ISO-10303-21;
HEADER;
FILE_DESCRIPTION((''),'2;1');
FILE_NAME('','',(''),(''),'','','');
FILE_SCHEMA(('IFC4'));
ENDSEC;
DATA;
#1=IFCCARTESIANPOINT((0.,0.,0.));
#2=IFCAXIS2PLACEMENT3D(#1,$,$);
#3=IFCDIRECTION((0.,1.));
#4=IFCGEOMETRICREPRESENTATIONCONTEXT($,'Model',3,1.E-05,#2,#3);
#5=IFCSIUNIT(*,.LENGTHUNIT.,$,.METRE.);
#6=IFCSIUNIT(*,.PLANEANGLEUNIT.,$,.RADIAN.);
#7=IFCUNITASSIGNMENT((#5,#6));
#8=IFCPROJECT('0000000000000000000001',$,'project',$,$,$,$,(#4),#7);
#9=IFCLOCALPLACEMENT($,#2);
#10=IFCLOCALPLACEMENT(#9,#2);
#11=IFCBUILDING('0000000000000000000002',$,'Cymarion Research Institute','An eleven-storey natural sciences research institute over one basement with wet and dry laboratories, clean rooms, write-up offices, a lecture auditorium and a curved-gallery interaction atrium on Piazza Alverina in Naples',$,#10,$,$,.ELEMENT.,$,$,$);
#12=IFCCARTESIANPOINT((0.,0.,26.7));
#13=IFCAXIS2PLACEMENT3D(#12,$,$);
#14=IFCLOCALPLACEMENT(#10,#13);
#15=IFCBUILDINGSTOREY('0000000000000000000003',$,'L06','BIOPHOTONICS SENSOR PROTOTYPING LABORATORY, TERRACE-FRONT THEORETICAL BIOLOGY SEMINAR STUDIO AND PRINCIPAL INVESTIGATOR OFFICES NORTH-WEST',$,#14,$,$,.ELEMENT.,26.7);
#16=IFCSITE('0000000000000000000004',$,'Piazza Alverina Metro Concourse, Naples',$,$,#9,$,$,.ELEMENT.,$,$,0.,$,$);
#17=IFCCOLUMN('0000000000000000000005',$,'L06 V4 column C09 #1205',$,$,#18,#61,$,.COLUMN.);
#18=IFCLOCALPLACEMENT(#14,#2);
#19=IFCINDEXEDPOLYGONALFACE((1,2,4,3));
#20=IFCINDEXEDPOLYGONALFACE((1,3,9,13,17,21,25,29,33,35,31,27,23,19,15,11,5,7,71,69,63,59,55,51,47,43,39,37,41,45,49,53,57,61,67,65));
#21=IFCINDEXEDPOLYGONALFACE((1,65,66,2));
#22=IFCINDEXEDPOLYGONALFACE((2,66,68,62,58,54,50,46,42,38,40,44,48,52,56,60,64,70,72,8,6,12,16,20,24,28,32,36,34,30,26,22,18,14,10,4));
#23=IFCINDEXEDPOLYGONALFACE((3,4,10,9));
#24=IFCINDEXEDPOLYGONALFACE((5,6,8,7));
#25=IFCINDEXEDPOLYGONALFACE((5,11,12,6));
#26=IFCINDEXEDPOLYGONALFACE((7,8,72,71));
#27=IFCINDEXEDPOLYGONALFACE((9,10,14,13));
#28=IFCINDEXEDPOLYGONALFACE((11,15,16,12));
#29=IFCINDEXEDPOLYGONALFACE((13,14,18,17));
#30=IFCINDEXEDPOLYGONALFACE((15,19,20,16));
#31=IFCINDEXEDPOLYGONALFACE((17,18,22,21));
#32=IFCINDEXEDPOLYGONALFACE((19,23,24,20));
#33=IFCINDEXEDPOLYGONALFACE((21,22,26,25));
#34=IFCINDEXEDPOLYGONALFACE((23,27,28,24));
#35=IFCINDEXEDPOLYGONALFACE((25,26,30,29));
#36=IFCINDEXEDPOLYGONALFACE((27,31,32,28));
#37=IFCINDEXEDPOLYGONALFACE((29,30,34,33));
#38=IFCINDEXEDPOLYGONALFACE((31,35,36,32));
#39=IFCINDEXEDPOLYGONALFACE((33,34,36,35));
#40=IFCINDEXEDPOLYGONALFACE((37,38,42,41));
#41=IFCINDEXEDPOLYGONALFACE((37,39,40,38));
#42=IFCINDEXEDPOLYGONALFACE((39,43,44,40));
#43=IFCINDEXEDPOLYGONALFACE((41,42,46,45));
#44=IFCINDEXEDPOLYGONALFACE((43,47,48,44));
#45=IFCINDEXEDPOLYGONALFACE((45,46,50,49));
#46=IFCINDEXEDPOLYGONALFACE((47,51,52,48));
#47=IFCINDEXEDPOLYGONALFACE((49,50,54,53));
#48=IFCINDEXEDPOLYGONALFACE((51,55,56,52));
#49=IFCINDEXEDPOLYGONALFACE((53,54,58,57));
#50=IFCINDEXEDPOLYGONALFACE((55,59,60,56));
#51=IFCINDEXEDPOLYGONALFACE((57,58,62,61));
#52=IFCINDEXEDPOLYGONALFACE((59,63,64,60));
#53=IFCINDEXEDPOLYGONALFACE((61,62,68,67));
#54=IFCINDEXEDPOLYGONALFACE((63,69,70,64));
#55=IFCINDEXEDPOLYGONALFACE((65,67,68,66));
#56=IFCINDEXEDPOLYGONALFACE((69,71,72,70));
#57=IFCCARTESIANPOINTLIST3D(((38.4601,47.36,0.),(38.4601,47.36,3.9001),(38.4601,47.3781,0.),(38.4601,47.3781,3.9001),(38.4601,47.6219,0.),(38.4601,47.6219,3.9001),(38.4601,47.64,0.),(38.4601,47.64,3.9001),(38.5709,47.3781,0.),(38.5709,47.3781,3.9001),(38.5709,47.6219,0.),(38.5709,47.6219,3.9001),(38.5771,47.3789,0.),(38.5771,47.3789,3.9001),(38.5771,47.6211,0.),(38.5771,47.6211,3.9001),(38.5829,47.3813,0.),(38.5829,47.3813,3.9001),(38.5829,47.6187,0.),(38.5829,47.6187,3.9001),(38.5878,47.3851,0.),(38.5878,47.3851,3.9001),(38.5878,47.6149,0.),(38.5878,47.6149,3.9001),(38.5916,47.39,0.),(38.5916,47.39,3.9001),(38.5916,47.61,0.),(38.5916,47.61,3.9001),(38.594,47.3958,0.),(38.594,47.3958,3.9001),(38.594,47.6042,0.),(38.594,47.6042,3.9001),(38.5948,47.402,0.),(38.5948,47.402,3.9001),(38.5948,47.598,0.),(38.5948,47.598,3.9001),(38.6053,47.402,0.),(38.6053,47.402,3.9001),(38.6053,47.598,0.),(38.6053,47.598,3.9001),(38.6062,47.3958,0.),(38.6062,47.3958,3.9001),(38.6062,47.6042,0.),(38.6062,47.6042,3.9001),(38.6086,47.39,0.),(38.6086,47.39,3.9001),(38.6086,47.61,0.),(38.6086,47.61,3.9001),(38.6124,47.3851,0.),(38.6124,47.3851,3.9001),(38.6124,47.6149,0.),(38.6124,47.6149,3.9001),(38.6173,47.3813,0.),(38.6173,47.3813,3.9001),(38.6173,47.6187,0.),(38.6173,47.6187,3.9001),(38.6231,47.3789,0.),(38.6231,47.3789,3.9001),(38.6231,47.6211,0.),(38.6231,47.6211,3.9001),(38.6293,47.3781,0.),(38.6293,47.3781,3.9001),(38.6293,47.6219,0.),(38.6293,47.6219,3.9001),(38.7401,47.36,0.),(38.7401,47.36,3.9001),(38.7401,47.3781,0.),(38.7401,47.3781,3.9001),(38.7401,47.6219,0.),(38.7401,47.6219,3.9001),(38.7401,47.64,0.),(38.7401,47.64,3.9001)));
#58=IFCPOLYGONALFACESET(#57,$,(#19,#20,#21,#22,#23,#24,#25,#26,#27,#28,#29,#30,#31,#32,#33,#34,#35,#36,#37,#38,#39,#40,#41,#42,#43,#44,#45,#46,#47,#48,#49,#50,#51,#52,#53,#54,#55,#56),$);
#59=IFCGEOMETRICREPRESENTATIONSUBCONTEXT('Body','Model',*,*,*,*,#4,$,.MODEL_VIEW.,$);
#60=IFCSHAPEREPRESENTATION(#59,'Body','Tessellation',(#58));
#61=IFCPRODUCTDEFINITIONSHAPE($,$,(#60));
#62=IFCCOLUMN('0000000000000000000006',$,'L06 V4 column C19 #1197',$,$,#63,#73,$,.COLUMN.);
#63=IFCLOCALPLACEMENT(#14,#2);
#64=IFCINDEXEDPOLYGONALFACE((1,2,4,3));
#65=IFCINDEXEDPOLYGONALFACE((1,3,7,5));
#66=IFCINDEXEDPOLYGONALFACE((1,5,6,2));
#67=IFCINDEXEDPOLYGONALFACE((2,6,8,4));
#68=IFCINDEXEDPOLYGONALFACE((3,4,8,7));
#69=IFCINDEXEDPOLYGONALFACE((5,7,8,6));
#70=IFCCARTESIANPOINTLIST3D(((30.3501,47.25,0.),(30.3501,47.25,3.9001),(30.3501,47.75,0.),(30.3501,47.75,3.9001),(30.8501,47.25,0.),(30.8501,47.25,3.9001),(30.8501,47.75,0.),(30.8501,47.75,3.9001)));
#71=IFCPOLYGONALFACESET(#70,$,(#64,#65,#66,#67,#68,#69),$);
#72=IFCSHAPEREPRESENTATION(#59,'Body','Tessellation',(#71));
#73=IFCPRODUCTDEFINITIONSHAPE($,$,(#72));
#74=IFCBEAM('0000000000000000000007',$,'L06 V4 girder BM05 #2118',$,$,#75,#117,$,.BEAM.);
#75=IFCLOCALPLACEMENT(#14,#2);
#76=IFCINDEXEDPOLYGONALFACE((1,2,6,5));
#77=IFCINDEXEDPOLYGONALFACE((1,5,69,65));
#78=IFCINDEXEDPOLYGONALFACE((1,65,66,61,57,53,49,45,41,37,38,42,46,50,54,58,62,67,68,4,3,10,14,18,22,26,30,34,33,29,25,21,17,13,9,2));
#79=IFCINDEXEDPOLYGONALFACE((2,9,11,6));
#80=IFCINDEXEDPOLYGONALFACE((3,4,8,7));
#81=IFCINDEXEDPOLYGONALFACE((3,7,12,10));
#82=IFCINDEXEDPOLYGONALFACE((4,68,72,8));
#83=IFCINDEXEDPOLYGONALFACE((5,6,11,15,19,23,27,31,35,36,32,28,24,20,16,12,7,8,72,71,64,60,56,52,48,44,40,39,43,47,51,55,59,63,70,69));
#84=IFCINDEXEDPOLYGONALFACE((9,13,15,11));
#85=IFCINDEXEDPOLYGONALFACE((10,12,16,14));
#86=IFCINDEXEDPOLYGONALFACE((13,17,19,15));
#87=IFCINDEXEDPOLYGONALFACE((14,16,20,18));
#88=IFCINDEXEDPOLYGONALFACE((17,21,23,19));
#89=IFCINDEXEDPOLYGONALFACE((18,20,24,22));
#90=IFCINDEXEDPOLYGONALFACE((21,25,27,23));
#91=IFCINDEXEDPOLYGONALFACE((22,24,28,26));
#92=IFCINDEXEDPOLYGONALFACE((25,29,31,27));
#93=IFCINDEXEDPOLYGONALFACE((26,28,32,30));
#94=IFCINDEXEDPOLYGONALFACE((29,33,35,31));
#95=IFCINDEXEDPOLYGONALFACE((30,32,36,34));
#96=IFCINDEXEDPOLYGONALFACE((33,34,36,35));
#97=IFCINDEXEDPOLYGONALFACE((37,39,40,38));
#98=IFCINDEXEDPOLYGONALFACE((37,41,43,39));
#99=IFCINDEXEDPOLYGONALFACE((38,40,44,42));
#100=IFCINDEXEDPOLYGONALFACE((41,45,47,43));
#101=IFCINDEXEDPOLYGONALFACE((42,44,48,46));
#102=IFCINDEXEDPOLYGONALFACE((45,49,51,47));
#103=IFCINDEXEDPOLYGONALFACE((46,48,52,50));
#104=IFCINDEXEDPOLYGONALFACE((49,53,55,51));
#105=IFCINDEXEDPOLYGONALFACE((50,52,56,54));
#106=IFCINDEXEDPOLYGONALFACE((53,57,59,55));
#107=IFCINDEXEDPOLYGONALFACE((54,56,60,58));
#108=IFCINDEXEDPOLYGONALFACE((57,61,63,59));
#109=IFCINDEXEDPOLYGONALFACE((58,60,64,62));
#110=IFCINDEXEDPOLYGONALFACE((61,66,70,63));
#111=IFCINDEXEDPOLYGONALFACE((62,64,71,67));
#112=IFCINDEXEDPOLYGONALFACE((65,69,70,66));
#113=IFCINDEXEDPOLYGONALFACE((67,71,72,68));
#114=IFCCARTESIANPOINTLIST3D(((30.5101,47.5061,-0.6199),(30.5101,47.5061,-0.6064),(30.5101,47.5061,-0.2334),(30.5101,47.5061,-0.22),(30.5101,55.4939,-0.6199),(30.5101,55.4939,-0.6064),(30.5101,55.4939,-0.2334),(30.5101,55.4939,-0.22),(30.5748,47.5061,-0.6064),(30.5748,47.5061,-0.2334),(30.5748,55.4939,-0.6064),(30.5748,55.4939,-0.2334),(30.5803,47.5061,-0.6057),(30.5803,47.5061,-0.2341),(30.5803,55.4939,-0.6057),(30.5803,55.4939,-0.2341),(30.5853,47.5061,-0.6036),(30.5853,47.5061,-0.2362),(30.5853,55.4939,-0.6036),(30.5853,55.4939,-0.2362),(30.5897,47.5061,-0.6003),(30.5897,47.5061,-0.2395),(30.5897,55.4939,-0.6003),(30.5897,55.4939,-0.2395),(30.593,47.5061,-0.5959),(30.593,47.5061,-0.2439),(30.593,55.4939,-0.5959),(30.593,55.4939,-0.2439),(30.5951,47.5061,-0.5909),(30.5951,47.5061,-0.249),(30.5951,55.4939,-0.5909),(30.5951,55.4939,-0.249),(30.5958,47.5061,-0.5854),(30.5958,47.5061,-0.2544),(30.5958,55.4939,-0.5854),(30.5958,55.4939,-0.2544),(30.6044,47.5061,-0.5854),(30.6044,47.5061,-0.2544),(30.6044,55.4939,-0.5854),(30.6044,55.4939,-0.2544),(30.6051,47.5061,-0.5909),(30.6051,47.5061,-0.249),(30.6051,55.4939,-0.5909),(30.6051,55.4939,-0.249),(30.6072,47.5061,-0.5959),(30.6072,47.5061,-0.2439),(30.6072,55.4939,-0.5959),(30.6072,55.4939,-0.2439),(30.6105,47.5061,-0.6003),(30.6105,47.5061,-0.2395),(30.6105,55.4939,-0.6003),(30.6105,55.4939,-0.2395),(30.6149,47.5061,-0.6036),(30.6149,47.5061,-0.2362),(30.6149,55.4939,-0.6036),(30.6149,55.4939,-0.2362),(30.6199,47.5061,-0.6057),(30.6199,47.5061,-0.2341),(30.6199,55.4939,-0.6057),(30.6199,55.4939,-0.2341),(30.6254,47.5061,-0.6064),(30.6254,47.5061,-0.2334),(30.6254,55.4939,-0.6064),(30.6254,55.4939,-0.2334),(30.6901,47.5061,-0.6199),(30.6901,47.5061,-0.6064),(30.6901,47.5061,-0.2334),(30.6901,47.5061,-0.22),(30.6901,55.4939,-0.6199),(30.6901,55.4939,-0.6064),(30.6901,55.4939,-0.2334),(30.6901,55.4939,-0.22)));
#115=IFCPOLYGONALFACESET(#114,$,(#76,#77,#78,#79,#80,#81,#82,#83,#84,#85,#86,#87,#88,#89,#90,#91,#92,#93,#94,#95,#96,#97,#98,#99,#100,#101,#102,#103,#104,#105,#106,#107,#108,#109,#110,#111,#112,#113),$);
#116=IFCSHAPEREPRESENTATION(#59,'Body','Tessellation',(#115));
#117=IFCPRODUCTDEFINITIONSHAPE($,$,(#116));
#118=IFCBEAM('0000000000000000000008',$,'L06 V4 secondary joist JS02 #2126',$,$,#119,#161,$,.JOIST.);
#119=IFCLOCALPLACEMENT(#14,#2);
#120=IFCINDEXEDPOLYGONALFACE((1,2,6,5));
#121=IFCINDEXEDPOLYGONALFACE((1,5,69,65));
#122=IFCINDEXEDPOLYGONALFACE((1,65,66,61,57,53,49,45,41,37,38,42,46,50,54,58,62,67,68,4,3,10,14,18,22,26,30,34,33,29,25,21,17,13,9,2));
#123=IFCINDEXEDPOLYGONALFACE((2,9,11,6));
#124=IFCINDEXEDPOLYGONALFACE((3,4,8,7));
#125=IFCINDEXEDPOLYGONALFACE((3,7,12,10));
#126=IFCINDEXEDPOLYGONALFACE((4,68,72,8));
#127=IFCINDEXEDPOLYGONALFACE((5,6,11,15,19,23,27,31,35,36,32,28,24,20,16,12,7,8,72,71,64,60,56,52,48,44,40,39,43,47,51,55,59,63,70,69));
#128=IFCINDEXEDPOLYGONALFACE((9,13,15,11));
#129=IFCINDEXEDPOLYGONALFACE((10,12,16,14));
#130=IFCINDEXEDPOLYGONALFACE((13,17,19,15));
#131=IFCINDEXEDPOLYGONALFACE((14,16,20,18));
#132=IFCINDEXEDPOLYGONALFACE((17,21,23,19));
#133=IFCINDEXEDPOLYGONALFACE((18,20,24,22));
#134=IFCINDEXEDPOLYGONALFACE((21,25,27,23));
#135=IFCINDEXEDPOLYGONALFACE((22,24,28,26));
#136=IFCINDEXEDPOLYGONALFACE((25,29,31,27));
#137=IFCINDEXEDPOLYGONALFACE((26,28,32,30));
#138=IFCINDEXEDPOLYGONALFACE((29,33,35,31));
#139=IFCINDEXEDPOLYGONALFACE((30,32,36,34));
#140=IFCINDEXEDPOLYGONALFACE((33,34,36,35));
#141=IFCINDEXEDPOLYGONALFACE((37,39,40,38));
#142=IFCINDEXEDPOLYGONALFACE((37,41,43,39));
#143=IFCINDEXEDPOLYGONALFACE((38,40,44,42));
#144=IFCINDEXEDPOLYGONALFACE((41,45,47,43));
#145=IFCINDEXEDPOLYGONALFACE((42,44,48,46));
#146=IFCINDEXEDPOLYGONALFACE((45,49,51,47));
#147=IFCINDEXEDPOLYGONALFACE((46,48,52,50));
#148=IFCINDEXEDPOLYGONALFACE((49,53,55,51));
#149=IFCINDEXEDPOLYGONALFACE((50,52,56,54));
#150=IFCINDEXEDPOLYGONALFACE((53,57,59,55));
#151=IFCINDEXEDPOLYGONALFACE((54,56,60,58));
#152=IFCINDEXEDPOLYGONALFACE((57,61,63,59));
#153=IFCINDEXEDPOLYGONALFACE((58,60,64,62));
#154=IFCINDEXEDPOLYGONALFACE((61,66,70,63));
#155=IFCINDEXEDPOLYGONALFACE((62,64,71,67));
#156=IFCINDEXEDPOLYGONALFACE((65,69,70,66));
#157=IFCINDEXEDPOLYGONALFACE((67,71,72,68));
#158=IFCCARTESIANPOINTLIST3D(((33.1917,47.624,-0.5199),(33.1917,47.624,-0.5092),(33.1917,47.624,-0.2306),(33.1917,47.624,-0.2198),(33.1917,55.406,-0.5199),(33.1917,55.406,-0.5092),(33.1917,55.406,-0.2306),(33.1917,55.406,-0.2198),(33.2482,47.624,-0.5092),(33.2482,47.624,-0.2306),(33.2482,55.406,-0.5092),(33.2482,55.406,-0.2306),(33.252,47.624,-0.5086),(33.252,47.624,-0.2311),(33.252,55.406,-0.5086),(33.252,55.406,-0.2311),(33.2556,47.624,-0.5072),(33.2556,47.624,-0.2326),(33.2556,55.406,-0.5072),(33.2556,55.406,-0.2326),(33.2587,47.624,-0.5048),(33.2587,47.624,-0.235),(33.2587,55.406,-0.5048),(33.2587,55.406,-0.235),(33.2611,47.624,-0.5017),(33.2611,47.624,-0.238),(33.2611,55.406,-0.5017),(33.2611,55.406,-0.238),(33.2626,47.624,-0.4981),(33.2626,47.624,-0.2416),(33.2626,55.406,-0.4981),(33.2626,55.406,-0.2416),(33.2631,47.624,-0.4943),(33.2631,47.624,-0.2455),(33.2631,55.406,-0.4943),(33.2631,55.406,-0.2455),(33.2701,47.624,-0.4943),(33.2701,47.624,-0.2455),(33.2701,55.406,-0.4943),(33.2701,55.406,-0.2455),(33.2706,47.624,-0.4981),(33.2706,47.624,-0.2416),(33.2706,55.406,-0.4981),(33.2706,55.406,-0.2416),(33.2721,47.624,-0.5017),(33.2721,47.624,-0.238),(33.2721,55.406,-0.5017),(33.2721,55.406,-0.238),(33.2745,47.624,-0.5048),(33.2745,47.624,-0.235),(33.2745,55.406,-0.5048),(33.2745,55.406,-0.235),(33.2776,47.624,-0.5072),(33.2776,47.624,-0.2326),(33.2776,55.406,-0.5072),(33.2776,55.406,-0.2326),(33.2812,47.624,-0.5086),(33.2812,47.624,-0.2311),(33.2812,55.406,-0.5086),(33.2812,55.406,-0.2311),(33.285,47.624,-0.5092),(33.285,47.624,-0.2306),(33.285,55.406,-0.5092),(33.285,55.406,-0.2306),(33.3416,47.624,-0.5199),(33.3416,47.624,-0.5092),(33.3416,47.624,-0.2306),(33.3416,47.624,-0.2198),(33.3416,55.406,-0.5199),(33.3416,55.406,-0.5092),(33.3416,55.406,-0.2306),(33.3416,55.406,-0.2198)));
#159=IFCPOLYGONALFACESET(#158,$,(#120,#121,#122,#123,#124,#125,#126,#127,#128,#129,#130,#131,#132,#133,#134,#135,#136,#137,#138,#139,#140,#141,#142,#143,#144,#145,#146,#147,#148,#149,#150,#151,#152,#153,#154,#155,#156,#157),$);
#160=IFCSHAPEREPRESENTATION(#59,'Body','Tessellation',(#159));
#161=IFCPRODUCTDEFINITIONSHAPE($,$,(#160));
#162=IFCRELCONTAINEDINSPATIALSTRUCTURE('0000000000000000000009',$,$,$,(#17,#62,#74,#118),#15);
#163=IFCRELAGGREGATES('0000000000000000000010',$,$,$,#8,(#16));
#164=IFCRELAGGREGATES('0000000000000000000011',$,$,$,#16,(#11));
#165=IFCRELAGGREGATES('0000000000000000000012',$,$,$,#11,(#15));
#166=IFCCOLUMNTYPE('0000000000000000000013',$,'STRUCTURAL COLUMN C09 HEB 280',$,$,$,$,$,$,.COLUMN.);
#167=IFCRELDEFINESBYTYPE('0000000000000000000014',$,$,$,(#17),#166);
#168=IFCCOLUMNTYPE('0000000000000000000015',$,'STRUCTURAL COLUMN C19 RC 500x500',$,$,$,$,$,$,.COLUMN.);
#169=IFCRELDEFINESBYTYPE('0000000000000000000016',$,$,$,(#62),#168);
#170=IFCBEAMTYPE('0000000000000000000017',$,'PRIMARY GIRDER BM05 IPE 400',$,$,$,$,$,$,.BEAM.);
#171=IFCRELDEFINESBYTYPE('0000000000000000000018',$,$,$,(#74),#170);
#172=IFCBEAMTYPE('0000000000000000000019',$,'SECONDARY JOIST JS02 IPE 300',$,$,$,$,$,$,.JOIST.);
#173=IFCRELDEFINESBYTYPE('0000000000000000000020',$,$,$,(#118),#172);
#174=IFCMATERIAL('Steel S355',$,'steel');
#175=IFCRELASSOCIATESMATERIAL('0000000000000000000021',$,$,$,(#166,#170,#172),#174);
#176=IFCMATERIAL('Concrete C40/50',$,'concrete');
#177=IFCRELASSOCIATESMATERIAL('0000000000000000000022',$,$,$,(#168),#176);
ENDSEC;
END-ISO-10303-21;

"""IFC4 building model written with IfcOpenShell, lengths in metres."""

from ifc_helpers import new_model, si_unit, direction, frame, origin, origin_2d, place, context, subcontext, project, spatial, rectangle, i_section, extrude, material, material_profile, profile_set, type_object, element, save


model = new_model("IFC4")

# Units and contexts
model_context = context("Model", 3, precision=1e-05, world=origin(), true_north=direction((0.0, 1.0)))
body_context = subcontext(model_context, "Body", "Model", "MODEL_VIEW")
ifc_project = project(units=[si_unit("LENGTHUNIT", "METRE"), si_unit("PLANEANGLEUNIT", "RADIAN")], contexts=[model_context])

# Site, building, storey
site_placement = place(None, origin())
site = spatial("IfcSite", under=ifc_project, at=site_placement, Name="Piazza Alverina Metro Concourse, Naples", CompositionType="ELEMENT", RefElevation=0.0)
building_placement = place(site_placement, origin())
building = spatial("IfcBuilding", under=site, at=building_placement, Name="Cymarion Research Institute", Description="An eleven-storey natural sciences research institute over one basement with wet and dry laboratories, clean rooms, write-up offices, a lecture auditorium and a curved-gallery interaction atrium on Piazza Alverina in Naples", CompositionType="ELEMENT")
storey_placement = place(building_placement, frame((0.0, 0.0, 26.7)))
storey = spatial("IfcBuildingStorey", under=building, at=storey_placement, Name="L06", Description="BIOPHOTONICS SENSOR PROTOTYPING LABORATORY, TERRACE-FRONT THEORETICAL BIOLOGY SEMINAR STUDIO AND PRINCIPAL INVESTIGATOR OFFICES NORTH-WEST", CompositionType="ELEMENT", Elevation=26.7)

# Columns
ifc_material_1 = material(Name="Steel S355", Category="steel")
ifc_material_profile_1 = material_profile(ifc_material_1, i_section(OverallWidth=0.28, OverallDepth=0.28, WebThickness=0.0105, FlangeThickness=0.0181, FilletRadius=0.0239, at=origin_2d()), Name="HEB 280")
ifc_profile_set_1 = profile_set([ifc_material_profile_1], Name="Steel S355")
column_type_1 = type_object("IfcColumnType", Name="STRUCTURAL COLUMN C09 HEB 280", PredefinedType="COLUMN", material=ifc_profile_set_1)
column_1_placement = place(storey_placement, frame((38.6001, 47.5, 0.0), z_axis=(0.0, 0.0, 1.0), x_axis=(1.0, 0.0, 0.0)))
element("IfcColumn", 1, at=column_1_placement, inside=storey, type_object=column_type_1, Name="L06 V4 column C09 #1205", PredefinedType="COLUMN", context=body_context, shape_type="SweptSolid", body=[
    extrude(i_section(OverallWidth=0.28, OverallDepth=0.28, WebThickness=0.0105, FlangeThickness=0.0181, FilletRadius=0.0239, at=origin_2d()), origin(), (0.0, 0.0, 1.0), 3.9001),
])
ifc_material_2 = material(Name="Concrete C40/50", Category="concrete")
ifc_material_profile_2 = material_profile(ifc_material_2, rectangle(XDim=0.5, YDim=0.5, at=origin_2d()), Name="RC 500x500")
ifc_profile_set_2 = profile_set([ifc_material_profile_2], Name="Concrete C40/50")
column_type_2 = type_object("IfcColumnType", Name="STRUCTURAL COLUMN C19 RC 500x500", PredefinedType="COLUMN", material=ifc_profile_set_2)
column_2_placement = place(storey_placement, frame((30.6001, 47.5, 0.0), z_axis=(0.0, 0.0, 1.0), x_axis=(1.0, 0.0, 0.0)))
element("IfcColumn", 2, at=column_2_placement, inside=storey, type_object=column_type_2, Name="L06 V4 column C19 #1197", PredefinedType="COLUMN", context=body_context, shape_type="SweptSolid", body=[
    extrude(rectangle(XDim=0.5, YDim=0.5, at=origin_2d()), origin(), (0.0, 0.0, 1.0), 3.9001),
])

# Beams
ifc_material_profile_3 = material_profile(ifc_material_1, i_section(OverallWidth=0.1799, OverallDepth=0.3999, WebThickness=0.0085, FlangeThickness=0.0134, FilletRadius=0.021, at=origin_2d()), Name="IPE 400")
ifc_profile_set_3 = profile_set([ifc_material_profile_3], Name="Steel S355")
beam_type_1 = type_object("IfcBeamType", Name="PRIMARY GIRDER BM05 IPE 400", PredefinedType="BEAM", material=ifc_profile_set_3)
beam_1_placement = place(storey_placement, frame((30.6001, 47.5061, -0.4199), z_axis=(0.0, 1.0, 0.0), x_axis=(-1.0, 0.0, 0.0)))
element("IfcBeam", 3, at=beam_1_placement, inside=storey, type_object=beam_type_1, Name="L06 V4 girder BM05 #2118", PredefinedType="BEAM", context=body_context, shape_type="SweptSolid", body=[
    extrude(i_section(OverallWidth=0.1799, OverallDepth=0.3999, WebThickness=0.0085, FlangeThickness=0.0134, FilletRadius=0.021, at=origin_2d()), origin(), (0.0, 0.0, 1.0), 7.9878),
])
ifc_material_profile_4 = material_profile(ifc_material_1, i_section(OverallWidth=0.1499, OverallDepth=0.3, WebThickness=0.0071, FlangeThickness=0.0107, FilletRadius=0.0149, at=origin_2d()), Name="IPE 300")
ifc_profile_set_4 = profile_set([ifc_material_profile_4], Name="Steel S355")
beam_type_2 = type_object("IfcBeamType", Name="SECONDARY JOIST JS02 IPE 300", PredefinedType="JOIST", material=ifc_profile_set_4)
beam_2_placement = place(storey_placement, frame((33.2666, 47.624, -0.3699), z_axis=(0.0, 1.0, 0.0), x_axis=(-1.0, 0.0, 0.0)))
element("IfcBeam", 4, at=beam_2_placement, inside=storey, type_object=beam_type_2, Name="L06 V4 secondary joist JS02 #2126", PredefinedType="JOIST", context=body_context, shape_type="SweptSolid", body=[
    extrude(i_section(OverallWidth=0.1499, OverallDepth=0.3, WebThickness=0.0071, FlangeThickness=0.0107, FilletRadius=0.0149, at=origin_2d()), origin(), (0.0, 0.0, 1.0), 7.782),
])

save(model, "model.ifc")
